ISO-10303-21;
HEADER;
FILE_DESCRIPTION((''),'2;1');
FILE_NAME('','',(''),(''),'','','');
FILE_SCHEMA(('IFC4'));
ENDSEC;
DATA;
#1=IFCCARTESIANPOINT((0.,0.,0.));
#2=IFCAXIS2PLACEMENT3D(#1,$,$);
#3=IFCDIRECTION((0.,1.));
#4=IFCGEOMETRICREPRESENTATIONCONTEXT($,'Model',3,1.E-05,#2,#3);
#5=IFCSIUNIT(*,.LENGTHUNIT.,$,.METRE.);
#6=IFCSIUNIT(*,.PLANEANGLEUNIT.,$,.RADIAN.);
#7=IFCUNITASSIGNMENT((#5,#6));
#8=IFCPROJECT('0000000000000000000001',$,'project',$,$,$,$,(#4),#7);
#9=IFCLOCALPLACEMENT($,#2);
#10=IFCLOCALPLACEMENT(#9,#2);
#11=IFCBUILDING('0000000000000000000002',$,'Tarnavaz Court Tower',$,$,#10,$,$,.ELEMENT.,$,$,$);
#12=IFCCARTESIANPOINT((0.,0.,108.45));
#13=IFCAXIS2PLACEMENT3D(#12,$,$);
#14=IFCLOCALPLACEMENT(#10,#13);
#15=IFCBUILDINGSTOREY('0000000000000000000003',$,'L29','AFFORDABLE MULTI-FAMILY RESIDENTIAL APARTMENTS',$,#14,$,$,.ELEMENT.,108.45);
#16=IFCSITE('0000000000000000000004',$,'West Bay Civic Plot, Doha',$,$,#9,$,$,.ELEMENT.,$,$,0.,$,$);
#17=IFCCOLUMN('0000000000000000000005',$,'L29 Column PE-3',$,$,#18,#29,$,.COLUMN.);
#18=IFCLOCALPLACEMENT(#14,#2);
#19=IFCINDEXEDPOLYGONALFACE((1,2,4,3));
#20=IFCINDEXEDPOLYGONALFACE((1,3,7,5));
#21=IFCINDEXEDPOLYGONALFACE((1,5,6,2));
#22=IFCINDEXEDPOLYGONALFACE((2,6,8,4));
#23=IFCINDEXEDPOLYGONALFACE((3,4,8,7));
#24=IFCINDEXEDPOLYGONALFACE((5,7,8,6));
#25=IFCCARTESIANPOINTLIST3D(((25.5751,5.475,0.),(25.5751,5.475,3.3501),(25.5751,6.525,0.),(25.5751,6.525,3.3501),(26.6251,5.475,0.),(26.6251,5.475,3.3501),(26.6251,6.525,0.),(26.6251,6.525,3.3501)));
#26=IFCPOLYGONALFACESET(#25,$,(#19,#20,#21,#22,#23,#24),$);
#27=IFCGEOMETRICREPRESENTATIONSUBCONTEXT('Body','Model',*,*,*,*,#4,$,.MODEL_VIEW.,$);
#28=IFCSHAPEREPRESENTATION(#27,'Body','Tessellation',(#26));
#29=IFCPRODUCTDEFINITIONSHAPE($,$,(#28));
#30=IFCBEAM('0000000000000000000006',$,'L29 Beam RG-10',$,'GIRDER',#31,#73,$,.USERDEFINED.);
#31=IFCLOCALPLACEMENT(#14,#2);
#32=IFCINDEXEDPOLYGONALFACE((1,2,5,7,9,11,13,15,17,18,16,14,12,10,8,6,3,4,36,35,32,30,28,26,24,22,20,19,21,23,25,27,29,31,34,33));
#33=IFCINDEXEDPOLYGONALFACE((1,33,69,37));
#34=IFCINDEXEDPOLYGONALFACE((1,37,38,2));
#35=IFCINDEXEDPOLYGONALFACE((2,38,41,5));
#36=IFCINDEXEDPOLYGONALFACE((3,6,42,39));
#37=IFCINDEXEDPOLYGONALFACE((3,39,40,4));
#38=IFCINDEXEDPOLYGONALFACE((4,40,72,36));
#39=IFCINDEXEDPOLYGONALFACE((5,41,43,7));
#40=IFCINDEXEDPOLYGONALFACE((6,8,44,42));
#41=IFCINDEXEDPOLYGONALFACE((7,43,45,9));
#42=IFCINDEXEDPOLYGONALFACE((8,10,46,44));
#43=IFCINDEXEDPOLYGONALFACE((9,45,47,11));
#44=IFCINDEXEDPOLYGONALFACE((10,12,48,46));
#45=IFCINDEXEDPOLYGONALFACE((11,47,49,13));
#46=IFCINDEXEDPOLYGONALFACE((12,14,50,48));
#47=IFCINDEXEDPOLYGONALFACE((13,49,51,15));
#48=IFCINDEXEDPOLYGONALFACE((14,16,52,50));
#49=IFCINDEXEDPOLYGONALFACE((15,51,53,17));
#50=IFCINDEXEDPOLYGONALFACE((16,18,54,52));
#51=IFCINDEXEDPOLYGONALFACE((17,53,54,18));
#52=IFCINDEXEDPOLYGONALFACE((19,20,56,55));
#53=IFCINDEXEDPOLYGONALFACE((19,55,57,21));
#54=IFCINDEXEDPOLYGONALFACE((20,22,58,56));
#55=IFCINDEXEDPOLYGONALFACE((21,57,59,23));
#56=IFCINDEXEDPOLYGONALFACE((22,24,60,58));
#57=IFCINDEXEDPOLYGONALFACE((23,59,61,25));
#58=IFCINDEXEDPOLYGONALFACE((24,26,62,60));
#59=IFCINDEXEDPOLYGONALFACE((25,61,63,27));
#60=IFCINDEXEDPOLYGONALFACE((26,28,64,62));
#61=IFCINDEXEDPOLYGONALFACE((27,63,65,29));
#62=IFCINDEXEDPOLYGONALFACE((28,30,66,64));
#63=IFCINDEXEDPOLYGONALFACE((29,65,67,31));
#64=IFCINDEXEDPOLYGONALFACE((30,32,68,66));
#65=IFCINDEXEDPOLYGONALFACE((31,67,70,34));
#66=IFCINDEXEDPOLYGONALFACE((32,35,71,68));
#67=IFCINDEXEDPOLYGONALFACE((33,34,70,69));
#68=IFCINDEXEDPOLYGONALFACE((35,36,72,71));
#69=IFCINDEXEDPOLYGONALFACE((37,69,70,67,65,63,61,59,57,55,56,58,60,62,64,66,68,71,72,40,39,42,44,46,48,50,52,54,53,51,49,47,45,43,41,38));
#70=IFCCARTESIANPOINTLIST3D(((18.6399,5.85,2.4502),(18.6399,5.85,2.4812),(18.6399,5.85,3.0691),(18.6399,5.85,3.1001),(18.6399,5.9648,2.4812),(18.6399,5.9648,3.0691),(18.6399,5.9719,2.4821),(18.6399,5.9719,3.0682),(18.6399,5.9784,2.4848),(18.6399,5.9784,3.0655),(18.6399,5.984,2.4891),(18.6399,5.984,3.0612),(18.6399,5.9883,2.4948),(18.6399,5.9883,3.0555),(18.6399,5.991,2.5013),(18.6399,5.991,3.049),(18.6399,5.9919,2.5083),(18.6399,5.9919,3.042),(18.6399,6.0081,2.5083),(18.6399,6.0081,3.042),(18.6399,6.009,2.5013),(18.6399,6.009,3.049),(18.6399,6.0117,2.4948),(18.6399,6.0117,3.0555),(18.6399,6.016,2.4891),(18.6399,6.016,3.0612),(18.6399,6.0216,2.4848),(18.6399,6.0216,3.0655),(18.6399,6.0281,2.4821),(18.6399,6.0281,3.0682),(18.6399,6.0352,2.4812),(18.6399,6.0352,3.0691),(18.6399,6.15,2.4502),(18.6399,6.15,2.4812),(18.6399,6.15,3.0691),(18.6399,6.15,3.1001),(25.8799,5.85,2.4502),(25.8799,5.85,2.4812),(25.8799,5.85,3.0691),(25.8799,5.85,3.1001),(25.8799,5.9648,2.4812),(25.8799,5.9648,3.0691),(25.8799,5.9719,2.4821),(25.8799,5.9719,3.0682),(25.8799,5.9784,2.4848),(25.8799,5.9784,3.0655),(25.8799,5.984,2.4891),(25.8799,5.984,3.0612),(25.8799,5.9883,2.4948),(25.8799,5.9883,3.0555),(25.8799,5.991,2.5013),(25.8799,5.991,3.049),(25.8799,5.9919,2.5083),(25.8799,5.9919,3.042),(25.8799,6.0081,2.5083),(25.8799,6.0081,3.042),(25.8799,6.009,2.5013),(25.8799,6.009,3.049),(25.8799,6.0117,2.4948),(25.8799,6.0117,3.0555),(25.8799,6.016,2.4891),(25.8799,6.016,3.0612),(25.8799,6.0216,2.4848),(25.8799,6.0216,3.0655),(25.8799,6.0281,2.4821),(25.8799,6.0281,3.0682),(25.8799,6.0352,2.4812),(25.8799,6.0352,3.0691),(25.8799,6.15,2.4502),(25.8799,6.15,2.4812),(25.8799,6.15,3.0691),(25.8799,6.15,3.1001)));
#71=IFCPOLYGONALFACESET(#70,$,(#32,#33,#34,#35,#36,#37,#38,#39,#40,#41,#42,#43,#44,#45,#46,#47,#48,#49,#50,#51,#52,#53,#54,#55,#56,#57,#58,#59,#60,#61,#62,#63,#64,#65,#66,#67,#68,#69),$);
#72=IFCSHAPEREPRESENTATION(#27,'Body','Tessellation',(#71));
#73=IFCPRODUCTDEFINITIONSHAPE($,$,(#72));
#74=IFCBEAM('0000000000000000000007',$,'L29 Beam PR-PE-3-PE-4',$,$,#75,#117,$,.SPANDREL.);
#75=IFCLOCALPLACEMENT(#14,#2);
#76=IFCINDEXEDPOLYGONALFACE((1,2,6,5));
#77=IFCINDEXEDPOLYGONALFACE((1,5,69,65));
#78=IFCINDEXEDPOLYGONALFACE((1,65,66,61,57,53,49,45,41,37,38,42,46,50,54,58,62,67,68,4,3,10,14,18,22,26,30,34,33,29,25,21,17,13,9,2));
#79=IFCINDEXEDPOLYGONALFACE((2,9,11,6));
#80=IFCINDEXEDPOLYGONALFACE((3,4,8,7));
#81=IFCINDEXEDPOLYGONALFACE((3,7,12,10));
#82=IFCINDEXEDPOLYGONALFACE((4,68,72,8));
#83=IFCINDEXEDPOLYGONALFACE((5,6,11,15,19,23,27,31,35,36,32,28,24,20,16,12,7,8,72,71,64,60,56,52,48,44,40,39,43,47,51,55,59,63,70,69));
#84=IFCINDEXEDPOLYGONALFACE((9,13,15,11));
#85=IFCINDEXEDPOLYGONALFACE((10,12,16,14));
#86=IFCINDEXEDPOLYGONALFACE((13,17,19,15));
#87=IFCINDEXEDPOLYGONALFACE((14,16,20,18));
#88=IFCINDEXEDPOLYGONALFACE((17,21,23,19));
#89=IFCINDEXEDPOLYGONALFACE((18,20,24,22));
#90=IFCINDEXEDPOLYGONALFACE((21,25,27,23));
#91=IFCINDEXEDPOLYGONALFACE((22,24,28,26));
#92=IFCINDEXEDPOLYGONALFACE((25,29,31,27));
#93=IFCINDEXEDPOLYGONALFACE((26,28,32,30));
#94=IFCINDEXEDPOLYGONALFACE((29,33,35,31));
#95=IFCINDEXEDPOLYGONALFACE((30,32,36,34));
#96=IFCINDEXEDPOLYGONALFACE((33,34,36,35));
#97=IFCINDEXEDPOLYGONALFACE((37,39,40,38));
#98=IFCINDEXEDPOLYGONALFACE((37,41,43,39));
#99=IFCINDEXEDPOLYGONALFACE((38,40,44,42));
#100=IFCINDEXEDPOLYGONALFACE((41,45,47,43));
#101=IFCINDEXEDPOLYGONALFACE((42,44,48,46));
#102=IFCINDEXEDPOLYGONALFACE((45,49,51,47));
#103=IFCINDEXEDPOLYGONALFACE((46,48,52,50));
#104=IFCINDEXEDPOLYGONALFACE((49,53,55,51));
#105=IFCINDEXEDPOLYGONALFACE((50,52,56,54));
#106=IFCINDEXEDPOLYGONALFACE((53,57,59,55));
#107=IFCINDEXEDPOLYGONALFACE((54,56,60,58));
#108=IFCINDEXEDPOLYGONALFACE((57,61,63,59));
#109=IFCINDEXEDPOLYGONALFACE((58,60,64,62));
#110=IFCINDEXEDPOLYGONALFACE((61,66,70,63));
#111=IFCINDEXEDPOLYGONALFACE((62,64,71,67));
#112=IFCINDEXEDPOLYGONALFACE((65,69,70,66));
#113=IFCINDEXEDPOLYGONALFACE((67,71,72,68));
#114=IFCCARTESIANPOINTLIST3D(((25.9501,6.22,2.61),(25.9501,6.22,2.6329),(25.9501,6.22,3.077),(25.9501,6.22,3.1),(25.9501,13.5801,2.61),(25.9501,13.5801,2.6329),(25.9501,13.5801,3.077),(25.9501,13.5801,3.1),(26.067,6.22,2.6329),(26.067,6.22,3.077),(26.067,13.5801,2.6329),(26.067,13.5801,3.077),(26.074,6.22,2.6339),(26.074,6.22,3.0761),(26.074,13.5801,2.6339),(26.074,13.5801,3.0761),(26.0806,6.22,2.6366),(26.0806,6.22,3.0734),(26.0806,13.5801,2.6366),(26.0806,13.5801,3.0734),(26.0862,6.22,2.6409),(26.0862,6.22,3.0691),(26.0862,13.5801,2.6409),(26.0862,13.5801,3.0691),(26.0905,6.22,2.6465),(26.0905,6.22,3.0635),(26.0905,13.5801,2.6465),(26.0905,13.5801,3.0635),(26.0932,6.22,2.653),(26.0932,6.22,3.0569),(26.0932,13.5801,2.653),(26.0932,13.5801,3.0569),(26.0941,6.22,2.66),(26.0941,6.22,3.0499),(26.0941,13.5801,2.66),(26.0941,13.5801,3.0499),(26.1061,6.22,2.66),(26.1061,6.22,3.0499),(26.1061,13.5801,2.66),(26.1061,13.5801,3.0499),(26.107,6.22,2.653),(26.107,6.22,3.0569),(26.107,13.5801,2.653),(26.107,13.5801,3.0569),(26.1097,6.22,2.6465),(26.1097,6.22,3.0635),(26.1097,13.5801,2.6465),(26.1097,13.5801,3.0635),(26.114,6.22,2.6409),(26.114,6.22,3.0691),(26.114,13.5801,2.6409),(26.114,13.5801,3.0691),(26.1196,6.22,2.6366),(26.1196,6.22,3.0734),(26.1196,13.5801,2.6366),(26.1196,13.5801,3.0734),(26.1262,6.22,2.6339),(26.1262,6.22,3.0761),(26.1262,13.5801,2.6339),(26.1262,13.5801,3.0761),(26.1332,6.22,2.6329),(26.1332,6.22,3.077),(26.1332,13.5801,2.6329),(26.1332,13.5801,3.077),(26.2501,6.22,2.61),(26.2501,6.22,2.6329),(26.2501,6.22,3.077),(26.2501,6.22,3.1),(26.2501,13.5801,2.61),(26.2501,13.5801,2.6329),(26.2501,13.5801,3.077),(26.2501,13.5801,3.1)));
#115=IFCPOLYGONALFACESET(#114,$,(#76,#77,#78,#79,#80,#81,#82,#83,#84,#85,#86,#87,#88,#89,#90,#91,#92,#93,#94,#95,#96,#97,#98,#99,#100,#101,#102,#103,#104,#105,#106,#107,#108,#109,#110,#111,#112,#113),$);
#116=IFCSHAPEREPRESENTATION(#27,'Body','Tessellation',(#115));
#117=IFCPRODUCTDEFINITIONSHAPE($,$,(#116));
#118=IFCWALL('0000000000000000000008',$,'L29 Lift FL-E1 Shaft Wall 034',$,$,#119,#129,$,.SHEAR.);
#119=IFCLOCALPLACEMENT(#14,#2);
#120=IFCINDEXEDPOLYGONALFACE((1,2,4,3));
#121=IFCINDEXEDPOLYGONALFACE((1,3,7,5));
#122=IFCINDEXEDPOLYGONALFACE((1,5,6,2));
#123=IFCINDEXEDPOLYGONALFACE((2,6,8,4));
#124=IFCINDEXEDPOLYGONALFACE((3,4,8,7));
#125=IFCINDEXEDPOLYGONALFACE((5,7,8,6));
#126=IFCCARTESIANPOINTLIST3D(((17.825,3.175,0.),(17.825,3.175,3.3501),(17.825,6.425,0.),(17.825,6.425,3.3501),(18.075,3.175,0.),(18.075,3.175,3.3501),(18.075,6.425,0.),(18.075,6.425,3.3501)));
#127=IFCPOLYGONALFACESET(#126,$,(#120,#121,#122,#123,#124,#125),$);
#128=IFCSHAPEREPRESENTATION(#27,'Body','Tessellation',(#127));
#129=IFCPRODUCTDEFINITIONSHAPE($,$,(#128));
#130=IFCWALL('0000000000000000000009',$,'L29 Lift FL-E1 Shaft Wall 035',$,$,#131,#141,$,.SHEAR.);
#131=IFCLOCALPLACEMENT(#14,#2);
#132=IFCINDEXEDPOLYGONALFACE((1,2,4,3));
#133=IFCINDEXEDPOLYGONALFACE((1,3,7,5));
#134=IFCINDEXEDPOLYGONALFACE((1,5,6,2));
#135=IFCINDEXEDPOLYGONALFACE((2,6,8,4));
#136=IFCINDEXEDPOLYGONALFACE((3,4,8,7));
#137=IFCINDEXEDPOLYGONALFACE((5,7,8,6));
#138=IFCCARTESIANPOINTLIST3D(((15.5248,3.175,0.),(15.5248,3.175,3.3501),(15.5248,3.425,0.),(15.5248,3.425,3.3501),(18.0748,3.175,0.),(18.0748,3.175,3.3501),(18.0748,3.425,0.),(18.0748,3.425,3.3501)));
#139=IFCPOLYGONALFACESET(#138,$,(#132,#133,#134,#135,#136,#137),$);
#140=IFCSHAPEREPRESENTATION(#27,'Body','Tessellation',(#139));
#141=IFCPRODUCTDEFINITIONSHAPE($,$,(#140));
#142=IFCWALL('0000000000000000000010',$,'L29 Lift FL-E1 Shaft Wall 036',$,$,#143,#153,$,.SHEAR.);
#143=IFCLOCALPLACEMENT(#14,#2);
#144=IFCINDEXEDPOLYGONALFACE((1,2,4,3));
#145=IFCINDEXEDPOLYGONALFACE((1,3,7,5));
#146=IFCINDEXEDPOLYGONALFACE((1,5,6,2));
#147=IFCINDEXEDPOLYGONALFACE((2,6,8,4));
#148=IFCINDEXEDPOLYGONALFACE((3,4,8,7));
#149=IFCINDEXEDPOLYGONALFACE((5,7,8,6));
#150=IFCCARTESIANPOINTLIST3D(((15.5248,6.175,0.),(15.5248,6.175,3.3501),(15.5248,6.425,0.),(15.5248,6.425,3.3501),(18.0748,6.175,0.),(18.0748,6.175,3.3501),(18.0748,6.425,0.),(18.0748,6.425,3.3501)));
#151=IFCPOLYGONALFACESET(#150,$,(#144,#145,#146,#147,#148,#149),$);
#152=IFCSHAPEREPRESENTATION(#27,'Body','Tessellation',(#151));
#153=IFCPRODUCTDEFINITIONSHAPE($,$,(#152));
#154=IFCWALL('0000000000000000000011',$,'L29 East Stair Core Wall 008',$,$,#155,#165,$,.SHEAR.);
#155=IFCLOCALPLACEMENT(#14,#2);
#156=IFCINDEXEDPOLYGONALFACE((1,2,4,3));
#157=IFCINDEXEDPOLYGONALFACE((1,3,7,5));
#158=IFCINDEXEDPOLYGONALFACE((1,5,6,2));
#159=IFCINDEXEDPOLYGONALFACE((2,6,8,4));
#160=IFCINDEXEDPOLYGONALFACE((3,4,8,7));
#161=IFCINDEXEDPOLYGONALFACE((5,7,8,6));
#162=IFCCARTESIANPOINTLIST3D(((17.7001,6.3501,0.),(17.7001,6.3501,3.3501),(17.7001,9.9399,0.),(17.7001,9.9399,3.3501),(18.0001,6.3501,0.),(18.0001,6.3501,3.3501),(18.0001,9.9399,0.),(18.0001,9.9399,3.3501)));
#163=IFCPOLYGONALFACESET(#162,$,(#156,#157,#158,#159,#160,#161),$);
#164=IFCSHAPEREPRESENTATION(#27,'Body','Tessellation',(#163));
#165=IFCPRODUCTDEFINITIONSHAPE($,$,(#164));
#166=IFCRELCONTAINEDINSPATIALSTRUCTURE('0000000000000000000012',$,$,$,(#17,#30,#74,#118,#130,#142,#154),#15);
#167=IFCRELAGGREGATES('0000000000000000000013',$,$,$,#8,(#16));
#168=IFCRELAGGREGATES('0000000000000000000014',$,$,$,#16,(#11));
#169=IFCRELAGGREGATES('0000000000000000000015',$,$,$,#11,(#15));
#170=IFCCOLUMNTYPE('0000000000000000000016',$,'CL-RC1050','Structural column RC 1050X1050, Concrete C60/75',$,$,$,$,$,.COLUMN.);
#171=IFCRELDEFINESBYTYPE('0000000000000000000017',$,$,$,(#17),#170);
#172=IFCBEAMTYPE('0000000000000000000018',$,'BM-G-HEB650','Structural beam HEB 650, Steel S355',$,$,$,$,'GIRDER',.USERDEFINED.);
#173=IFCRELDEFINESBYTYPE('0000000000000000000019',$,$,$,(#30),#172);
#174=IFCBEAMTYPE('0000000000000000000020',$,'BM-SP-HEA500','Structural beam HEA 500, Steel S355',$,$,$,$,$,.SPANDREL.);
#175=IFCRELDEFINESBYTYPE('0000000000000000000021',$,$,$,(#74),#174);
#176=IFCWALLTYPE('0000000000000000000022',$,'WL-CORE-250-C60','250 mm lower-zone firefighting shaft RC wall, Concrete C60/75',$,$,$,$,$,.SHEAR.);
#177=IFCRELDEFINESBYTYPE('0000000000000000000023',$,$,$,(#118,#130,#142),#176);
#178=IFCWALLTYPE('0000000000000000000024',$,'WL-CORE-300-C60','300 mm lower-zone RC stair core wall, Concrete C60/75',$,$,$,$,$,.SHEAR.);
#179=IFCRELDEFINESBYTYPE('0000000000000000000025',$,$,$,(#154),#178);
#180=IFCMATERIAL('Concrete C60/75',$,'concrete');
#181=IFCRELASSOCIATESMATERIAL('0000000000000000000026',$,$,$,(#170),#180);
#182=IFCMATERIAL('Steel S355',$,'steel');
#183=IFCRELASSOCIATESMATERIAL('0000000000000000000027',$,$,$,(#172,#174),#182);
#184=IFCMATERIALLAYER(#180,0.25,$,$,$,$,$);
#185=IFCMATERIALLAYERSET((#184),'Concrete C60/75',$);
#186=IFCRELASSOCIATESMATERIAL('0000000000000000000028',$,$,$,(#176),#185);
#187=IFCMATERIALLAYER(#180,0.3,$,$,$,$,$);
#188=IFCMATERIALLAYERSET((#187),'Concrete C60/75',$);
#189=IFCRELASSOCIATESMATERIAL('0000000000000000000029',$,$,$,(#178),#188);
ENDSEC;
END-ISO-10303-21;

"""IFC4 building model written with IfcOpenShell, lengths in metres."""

from ifc_helpers import new_model, si_unit, direction, frame, frame_2d, origin, origin_2d, place, context, subcontext, project, spatial, rectangle, i_section, extrude, material, layer, layer_set, material_profile, profile_set, type_object, element, save


model = new_model("IFC4")

# Units and contexts
model_context = context("Model", 3, precision=1e-05, world=origin(), true_north=direction((0.0, 1.0)))
body_context = subcontext(model_context, "Body", "Model", "MODEL_VIEW")
ifc_project = project(units=[si_unit("LENGTHUNIT", "METRE"), si_unit("PLANEANGLEUNIT", "RADIAN")], contexts=[model_context])

# Site, building, storey
site_placement = place(None, origin())
site = spatial("IfcSite", under=ifc_project, at=site_placement, Name="West Bay Civic Plot, Doha", CompositionType="ELEMENT", RefElevation=0.0)
building_placement = place(site_placement, origin())
building = spatial("IfcBuilding", under=site, at=building_placement, Name="Tarnavaz Court Tower", CompositionType="ELEMENT")
storey_placement = place(building_placement, frame((0.0, 0.0, 108.45)))
storey = spatial("IfcBuildingStorey", under=building, at=storey_placement, Name="L29", Description="AFFORDABLE MULTI-FAMILY RESIDENTIAL APARTMENTS", CompositionType="ELEMENT", Elevation=108.45)

# Column
ifc_material_1 = material(Name="Concrete C60/75", Category="concrete")
ifc_material_profile_1 = material_profile(ifc_material_1, rectangle(XDim=1.05, YDim=1.05, at=origin_2d()), Name="RC 1050X1050")
ifc_profile_set_1 = profile_set([ifc_material_profile_1], Name="Concrete C60/75")
column_type = type_object("IfcColumnType", Name="CL-RC1050", Description="Structural column RC 1050X1050, Concrete C60/75", PredefinedType="COLUMN", material=ifc_profile_set_1)
column_placement = place(storey_placement, frame((26.1001, 6.0, 0.0), z_axis=(0.0, 0.0, 1.0), x_axis=(1.0, 0.0, 0.0)))
element("IfcColumn", 1, at=column_placement, inside=storey, type_object=column_type, Name="L29 Column PE-3", PredefinedType="COLUMN", context=body_context, shape_type="SweptSolid", body=[
    extrude(rectangle(XDim=1.05, YDim=1.05, at=origin_2d()), origin(), (0.0, 0.0, 1.0), 3.3501),
])

# Beams
ifc_material_2 = material(Name="Steel S355", Category="steel")
ifc_material_profile_2 = material_profile(ifc_material_2, i_section(OverallWidth=0.3, OverallDepth=0.6499, WebThickness=0.0161, FlangeThickness=0.031, FilletRadius=0.0271, at=origin_2d()), Name="HEB 650")
ifc_profile_set_2 = profile_set([ifc_material_profile_2], Name="Steel S355")
beam_type_1 = type_object("IfcBeamType", Name="BM-G-HEB650", Description="Structural beam HEB 650, Steel S355", ElementType="GIRDER", PredefinedType="USERDEFINED", material=ifc_profile_set_2)
beam_1_placement = place(storey_placement, frame((18.6399, 6.0, 2.7751), z_axis=(1.0, 0.0, 0.0), x_axis=(0.0, 1.0, 0.0)))
element("IfcBeam", 2, at=beam_1_placement, inside=storey, type_object=beam_type_1, Name="L29 Beam RG-10", ObjectType="GIRDER", PredefinedType="USERDEFINED", context=body_context, shape_type="SweptSolid", body=[
    extrude(i_section(OverallWidth=0.3, OverallDepth=0.6499, WebThickness=0.0161, FlangeThickness=0.031, FilletRadius=0.0271, at=origin_2d()), origin(), (0.0, 0.0, 1.0), 7.24),
])
ifc_material_profile_3 = material_profile(ifc_material_2, i_section(OverallWidth=0.3, OverallDepth=0.49, WebThickness=0.012, FlangeThickness=0.0229, FilletRadius=0.0271, at=origin_2d()), Name="HEA 500")
ifc_profile_set_3 = profile_set([ifc_material_profile_3], Name="Steel S355")
beam_type_2 = type_object("IfcBeamType", Name="BM-SP-HEA500", Description="Structural beam HEA 500, Steel S355", PredefinedType="SPANDREL", material=ifc_profile_set_3)
beam_2_placement = place(storey_placement, frame((26.1001, 6.22, 2.855), z_axis=(0.0, 1.0, 0.0), x_axis=(-1.0, 0.0, 0.0)))
element("IfcBeam", 3, at=beam_2_placement, inside=storey, type_object=beam_type_2, Name="L29 Beam PR-PE-3-PE-4", PredefinedType="SPANDREL", context=body_context, shape_type="SweptSolid", body=[
    extrude(i_section(OverallWidth=0.3, OverallDepth=0.49, WebThickness=0.012, FlangeThickness=0.0229, FilletRadius=0.0271, at=origin_2d()), origin(), (0.0, 0.0, 1.0), 7.3601),
])

# Shared definitions
ifc_layer_1 = layer(ifc_material_1, 0.25)
ifc_layer_set_1 = layer_set([ifc_layer_1], Name="Concrete C60/75")
wall_type_1 = type_object("IfcWallType", Name="WL-CORE-250-C60", Description="250 mm lower-zone firefighting shaft RC wall, Concrete C60/75", PredefinedType="SHEAR", material=ifc_layer_set_1)

# Walls
wall_1_placement = place(storey_placement, frame((17.95, 3.175, 0.0), z_axis=(0.0, 0.0, 1.0), x_axis=(0.0, 1.0, 0.0)))
element("IfcWall", 4, at=wall_1_placement, inside=storey, type_object=wall_type_1, Name="L29 Lift FL-E1 Shaft Wall 034", PredefinedType="SHEAR", context=body_context, shape_type="SweptSolid", body=[
    extrude(rectangle(XDim=3.25, YDim=0.25, at=frame_2d((1.625, 0.0))), origin(), (0.0, 0.0, 1.0), 3.3501),
])
for number, where, z_axis, x_axis, name in (
    (5, (15.5249, 3.3, 0.0), (0.0, 0.0, 1.0), (1.0, 0.0, 0.0), "L29 Lift FL-E1 Shaft Wall 035"),
    (6, (15.5249, 6.3, 0.0), (0.0, 0.0, 1.0), (1.0, 0.0, 0.0), "L29 Lift FL-E1 Shaft Wall 036"),
):
    element("IfcWall", number, at=place(storey_placement, frame(where, z_axis=z_axis, x_axis=x_axis)), inside=storey, type_object=wall_type_1, Name=name, PredefinedType="SHEAR", context=body_context, shape_type="SweptSolid", body=[
        extrude(rectangle(XDim=2.55, YDim=0.25, at=frame_2d((1.2749, 0.0))), origin(), (0.0, 0.0, 1.0), 3.3501),
    ])
ifc_layer_2 = layer(ifc_material_1, 0.3)
ifc_layer_set_2 = layer_set([ifc_layer_2], Name="Concrete C60/75")
wall_type_2 = type_object("IfcWallType", Name="WL-CORE-300-C60", Description="300 mm lower-zone RC stair core wall, Concrete C60/75", PredefinedType="SHEAR", material=ifc_layer_set_2)
wall_2_placement = place(storey_placement, frame((17.8501, 6.3501, 0.0), z_axis=(0.0, 0.0, 1.0), x_axis=(0.0, 1.0, 0.0)))
element("IfcWall", 7, at=wall_2_placement, inside=storey, type_object=wall_type_2, Name="L29 East Stair Core Wall 008", PredefinedType="SHEAR", context=body_context, shape_type="SweptSolid", body=[
    extrude(rectangle(XDim=3.5898, YDim=0.3, at=frame_2d((1.7949, 0.0))), origin(), (0.0, 0.0, 1.0), 3.3501),
])

save(model, "model.ifc")
